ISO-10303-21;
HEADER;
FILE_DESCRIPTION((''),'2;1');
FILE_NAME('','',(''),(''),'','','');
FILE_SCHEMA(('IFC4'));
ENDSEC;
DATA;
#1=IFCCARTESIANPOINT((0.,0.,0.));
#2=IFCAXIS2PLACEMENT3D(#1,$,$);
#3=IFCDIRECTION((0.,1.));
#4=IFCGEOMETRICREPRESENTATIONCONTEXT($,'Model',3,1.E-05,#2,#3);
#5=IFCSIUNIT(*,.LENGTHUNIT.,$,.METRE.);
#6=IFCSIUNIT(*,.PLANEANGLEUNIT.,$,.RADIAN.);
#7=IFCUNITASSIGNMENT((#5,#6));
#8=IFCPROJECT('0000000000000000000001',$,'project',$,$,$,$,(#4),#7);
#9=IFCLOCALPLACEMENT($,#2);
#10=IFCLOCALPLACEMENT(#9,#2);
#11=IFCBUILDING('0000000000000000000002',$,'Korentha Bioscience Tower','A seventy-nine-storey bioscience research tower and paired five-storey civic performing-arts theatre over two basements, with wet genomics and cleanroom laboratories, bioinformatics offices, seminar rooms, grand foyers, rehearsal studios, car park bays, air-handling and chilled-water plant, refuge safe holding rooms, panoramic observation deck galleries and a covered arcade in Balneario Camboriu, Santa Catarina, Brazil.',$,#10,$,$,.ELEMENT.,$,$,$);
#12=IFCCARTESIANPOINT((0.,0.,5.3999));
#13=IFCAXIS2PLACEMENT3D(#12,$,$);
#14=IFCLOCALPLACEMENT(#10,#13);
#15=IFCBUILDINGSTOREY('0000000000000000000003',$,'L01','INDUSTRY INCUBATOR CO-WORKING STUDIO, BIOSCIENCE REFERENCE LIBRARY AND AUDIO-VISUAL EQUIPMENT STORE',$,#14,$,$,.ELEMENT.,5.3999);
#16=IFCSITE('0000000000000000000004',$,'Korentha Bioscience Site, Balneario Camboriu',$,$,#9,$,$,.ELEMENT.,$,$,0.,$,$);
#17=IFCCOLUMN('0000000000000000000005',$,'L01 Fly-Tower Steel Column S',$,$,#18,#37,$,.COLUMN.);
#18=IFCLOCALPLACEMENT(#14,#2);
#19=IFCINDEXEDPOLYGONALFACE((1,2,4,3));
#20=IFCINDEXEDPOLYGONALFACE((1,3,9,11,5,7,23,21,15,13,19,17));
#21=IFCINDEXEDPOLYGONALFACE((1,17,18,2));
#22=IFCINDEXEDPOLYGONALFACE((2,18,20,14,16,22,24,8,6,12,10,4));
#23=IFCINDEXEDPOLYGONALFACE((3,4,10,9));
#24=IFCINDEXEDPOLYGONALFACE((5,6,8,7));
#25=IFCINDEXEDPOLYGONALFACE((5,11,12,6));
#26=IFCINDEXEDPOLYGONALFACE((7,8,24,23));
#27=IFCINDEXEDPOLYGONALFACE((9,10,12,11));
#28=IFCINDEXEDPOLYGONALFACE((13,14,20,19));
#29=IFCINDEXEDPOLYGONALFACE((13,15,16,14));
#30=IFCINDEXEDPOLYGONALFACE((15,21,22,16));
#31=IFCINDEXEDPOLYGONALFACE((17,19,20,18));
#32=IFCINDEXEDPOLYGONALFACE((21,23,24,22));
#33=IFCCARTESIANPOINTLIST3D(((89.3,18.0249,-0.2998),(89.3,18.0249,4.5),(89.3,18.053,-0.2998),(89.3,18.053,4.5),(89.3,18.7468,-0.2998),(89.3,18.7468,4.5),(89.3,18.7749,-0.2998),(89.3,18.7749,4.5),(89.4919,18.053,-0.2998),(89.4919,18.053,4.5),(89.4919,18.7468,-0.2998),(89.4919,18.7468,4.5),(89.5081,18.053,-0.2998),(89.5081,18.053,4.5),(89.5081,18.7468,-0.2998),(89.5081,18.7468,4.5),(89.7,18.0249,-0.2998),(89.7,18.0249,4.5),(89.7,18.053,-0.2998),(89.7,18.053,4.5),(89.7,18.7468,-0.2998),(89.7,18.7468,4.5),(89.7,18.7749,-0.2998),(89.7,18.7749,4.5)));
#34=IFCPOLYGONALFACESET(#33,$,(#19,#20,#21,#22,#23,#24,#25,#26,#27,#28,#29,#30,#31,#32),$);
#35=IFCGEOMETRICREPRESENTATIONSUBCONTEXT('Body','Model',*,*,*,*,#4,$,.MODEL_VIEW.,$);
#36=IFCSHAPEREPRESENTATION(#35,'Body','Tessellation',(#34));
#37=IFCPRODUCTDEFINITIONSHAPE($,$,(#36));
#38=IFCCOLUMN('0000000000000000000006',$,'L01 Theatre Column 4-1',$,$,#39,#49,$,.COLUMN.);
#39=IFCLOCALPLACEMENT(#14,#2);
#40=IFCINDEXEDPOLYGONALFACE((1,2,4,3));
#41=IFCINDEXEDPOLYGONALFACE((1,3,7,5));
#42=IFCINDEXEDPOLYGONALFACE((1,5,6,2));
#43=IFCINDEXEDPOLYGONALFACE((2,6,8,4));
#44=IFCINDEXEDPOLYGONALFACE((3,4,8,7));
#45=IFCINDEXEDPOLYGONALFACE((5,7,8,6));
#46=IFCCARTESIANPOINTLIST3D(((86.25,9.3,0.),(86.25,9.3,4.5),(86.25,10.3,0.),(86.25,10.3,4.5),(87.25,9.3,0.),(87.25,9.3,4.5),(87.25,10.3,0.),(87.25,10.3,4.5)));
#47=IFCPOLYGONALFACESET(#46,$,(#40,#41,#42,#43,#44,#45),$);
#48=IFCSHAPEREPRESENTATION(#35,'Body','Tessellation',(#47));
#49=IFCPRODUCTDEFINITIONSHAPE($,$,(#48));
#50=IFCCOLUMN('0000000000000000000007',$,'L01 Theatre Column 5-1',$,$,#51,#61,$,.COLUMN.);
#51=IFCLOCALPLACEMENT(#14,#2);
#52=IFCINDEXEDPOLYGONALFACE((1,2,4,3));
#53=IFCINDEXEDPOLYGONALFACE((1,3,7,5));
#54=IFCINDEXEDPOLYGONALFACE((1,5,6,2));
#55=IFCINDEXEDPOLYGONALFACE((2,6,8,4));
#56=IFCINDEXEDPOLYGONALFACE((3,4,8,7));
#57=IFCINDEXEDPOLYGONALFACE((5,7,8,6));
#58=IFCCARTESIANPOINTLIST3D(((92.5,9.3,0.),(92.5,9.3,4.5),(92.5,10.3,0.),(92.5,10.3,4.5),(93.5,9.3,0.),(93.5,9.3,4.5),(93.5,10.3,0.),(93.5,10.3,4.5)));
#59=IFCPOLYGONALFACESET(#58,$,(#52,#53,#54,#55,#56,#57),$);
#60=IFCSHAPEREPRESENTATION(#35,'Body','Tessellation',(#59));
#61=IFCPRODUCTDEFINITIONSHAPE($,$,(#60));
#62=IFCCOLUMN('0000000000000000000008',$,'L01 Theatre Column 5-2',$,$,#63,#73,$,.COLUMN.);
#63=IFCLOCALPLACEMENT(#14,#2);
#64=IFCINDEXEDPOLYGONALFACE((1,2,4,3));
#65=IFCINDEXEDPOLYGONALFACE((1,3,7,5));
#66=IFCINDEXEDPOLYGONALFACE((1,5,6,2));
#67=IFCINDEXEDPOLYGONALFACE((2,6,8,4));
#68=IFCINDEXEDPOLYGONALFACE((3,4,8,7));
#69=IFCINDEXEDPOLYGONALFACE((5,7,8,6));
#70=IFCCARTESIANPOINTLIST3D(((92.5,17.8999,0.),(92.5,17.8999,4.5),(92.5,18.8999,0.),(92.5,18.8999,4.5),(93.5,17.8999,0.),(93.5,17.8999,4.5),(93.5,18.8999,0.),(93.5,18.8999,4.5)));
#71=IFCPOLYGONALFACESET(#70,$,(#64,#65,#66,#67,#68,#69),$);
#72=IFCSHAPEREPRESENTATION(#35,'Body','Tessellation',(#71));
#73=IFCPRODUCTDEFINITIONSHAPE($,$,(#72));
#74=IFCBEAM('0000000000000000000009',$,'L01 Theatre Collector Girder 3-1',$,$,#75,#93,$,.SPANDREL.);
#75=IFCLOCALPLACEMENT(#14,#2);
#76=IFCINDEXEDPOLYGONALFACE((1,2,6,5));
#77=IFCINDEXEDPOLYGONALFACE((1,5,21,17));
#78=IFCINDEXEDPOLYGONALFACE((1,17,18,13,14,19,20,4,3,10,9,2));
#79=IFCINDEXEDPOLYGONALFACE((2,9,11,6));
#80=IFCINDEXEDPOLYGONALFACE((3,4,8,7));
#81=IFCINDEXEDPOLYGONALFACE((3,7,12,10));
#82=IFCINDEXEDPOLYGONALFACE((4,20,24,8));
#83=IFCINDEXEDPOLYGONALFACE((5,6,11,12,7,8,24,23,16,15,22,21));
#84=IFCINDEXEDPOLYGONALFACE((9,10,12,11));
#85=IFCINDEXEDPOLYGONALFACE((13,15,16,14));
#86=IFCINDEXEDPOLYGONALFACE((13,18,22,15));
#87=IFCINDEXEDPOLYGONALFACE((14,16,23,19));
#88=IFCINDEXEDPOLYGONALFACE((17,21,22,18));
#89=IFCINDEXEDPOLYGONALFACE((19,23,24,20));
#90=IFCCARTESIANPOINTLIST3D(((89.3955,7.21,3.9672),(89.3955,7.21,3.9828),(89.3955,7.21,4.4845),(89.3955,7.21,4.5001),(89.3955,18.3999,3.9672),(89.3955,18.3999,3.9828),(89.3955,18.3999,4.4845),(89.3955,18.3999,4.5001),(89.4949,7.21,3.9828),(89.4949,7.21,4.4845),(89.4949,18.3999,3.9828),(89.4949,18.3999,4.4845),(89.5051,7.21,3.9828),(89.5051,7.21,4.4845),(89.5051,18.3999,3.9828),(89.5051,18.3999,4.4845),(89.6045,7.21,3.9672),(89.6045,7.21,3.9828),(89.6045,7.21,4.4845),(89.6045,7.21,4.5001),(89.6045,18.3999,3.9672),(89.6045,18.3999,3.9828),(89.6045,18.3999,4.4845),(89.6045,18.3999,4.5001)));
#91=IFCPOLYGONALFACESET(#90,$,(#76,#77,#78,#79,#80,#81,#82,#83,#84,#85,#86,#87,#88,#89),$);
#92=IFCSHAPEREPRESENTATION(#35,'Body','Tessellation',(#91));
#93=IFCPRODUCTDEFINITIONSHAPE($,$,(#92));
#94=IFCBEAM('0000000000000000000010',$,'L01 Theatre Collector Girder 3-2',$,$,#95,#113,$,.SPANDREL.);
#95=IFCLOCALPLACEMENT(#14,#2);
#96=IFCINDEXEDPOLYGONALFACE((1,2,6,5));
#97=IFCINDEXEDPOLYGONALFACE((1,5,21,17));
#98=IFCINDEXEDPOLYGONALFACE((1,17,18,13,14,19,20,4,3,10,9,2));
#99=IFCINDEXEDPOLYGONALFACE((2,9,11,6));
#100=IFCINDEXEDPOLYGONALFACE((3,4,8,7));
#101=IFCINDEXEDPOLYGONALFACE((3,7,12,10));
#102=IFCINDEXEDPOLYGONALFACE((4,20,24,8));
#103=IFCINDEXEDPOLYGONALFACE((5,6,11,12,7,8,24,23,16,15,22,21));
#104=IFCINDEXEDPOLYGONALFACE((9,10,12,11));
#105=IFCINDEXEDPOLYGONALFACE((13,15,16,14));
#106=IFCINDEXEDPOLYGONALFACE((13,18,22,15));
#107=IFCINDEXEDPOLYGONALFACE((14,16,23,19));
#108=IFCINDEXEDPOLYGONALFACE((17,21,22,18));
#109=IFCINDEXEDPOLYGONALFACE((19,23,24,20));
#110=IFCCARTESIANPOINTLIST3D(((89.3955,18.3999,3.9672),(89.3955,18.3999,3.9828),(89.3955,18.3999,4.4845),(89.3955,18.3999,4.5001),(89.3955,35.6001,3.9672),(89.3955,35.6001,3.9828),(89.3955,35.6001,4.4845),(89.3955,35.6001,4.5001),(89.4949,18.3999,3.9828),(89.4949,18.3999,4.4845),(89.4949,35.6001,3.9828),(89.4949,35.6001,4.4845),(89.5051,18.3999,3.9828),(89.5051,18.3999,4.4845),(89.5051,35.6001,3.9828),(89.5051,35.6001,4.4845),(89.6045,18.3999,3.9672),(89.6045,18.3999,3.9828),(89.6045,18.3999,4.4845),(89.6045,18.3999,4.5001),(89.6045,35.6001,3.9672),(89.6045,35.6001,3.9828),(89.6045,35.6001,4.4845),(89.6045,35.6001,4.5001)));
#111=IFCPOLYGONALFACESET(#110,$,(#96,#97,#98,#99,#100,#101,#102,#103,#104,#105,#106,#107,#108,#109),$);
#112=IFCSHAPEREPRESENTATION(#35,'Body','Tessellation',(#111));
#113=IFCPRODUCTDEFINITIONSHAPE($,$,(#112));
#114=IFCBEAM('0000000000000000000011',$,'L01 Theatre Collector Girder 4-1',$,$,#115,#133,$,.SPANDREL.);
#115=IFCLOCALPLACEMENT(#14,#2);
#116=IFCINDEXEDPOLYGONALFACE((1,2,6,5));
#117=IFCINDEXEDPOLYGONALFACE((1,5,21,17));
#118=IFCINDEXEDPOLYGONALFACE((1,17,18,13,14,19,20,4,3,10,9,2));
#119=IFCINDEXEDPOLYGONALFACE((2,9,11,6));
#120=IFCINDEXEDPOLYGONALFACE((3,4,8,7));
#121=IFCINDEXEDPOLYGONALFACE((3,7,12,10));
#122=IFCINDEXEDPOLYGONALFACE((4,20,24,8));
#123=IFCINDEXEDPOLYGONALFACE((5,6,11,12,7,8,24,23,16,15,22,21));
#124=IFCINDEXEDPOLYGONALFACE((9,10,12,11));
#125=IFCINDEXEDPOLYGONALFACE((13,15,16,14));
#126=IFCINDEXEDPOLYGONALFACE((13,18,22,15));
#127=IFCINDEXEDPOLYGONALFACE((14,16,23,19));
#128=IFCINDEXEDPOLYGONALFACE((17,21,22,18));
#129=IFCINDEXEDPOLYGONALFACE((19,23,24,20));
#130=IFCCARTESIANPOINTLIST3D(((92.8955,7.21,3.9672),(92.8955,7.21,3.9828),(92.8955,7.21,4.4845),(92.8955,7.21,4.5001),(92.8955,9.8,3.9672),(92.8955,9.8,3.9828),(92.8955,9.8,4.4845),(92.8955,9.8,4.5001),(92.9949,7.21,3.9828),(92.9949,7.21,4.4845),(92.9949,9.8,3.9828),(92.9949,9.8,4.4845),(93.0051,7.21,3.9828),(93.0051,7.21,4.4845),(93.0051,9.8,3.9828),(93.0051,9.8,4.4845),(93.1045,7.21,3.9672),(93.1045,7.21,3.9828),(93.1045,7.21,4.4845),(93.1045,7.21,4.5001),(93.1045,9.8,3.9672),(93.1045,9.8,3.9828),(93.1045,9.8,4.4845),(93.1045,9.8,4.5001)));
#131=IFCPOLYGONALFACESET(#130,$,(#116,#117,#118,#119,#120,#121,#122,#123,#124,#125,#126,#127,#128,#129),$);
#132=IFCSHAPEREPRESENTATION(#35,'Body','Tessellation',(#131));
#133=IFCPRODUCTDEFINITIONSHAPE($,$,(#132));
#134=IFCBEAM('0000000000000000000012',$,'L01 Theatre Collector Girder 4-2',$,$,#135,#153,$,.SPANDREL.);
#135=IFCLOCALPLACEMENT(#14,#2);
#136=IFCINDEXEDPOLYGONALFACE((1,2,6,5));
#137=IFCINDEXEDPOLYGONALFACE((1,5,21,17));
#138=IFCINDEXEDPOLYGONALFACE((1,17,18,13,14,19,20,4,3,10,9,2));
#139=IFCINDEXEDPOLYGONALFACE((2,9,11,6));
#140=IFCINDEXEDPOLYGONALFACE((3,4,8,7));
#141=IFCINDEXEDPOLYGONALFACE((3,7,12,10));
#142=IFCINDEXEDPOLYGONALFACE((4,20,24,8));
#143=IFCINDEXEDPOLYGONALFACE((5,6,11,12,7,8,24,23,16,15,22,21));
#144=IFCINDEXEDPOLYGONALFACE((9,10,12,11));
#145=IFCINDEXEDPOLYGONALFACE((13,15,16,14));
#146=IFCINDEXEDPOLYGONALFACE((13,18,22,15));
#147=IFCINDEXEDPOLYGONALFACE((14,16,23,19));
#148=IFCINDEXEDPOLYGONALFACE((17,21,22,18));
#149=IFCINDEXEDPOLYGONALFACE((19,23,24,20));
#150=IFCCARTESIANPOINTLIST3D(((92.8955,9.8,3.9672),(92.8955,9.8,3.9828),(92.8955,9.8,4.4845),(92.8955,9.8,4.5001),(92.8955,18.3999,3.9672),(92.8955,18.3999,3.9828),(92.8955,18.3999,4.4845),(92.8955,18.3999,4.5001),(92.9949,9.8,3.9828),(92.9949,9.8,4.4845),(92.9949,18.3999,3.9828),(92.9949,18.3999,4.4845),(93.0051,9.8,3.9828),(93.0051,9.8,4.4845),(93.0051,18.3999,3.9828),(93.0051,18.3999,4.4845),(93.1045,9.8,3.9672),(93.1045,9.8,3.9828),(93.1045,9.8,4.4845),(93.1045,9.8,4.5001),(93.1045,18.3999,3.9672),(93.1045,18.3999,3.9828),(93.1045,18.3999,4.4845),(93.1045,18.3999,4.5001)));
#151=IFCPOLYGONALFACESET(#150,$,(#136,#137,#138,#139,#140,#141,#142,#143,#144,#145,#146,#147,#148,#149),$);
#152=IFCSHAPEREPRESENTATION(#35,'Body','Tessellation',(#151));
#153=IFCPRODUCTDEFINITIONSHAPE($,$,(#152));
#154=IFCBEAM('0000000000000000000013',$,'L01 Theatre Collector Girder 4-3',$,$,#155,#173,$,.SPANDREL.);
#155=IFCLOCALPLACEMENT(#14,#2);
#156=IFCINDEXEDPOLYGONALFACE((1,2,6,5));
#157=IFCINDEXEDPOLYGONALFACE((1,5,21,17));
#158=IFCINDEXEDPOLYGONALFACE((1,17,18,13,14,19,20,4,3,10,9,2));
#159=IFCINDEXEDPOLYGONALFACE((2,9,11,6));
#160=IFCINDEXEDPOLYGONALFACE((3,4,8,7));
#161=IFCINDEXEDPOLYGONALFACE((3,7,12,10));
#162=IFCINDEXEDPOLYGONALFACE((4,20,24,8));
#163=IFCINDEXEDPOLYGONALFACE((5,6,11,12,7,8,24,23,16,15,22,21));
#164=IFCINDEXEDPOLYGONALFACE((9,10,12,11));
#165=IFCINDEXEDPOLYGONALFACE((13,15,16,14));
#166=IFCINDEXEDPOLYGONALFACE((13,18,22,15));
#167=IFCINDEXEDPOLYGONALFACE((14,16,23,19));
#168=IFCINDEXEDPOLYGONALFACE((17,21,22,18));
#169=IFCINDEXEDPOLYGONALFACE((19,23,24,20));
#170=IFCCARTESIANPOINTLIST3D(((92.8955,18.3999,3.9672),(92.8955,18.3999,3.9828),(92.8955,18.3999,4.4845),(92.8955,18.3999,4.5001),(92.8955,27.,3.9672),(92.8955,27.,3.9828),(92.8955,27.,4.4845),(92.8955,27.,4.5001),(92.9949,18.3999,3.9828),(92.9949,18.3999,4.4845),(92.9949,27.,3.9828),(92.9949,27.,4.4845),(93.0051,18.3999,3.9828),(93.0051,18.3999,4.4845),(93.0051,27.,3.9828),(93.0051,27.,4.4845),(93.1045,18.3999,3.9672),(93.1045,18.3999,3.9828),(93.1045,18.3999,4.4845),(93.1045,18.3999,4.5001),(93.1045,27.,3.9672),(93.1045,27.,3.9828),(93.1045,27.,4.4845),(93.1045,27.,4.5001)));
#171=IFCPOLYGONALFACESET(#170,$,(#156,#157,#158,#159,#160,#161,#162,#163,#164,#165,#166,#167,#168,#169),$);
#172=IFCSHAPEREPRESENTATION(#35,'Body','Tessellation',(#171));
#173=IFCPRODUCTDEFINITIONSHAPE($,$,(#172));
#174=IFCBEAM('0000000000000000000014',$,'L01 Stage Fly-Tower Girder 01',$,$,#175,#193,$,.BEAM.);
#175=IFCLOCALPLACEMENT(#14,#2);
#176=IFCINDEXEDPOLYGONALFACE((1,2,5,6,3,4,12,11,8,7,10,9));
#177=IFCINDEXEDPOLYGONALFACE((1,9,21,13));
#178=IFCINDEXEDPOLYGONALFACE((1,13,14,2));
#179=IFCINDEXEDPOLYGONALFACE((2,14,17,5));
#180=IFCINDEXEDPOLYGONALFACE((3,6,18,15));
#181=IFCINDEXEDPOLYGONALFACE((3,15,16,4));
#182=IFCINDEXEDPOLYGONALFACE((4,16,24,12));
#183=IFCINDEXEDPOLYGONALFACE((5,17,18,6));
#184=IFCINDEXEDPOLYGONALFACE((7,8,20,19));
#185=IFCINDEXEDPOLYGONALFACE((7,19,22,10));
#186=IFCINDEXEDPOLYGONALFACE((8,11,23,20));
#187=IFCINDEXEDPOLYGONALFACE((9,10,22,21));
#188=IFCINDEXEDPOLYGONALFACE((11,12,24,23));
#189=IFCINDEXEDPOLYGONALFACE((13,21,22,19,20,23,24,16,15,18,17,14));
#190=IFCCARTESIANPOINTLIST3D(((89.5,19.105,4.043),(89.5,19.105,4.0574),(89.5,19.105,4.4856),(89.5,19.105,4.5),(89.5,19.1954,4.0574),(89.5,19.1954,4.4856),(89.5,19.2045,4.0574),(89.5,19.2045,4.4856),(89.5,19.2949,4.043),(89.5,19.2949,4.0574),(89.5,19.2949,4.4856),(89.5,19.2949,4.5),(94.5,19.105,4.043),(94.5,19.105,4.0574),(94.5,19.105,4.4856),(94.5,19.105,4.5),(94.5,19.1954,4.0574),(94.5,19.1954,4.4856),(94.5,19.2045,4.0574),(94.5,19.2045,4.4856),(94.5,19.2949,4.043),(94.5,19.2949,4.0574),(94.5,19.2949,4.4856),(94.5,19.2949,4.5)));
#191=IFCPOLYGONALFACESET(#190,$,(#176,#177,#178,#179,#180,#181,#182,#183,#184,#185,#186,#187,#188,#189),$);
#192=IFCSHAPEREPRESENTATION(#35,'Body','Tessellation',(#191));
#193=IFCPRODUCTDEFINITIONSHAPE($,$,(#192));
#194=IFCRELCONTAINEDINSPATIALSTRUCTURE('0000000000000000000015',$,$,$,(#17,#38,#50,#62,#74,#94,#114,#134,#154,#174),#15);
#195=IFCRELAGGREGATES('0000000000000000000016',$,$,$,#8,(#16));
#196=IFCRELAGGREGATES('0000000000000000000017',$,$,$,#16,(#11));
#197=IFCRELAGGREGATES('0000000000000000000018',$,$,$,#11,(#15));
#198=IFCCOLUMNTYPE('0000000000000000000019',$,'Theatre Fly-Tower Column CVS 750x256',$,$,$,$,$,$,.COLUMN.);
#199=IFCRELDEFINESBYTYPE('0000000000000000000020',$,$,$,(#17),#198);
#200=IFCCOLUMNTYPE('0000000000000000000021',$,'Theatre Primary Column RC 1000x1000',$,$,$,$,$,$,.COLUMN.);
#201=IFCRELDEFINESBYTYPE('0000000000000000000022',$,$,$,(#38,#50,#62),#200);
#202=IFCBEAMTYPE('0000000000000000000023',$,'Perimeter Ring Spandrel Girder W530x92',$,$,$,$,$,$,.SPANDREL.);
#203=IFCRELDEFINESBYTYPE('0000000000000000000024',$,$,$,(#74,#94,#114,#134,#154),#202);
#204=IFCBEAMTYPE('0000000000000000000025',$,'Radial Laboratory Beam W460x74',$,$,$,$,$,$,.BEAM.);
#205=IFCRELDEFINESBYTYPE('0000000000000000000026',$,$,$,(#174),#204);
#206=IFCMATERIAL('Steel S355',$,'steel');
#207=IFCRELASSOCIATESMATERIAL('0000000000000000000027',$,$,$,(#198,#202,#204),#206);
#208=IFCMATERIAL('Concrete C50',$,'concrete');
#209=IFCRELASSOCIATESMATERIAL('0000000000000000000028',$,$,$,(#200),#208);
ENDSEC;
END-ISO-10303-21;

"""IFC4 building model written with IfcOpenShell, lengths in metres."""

from ifc_helpers import new_model, si_unit, direction, frame, origin, origin_2d, place, context, subcontext, project, spatial, rectangle, i_section, extrude, material, material_profile, profile_set, type_object, element, save


model = new_model("IFC4")

# Units and contexts
model_context = context("Model", 3, precision=1e-05, world=origin(), true_north=direction((0.0, 1.0)))
body_context = subcontext(model_context, "Body", "Model", "MODEL_VIEW")
ifc_project = project(units=[si_unit("LENGTHUNIT", "METRE"), si_unit("PLANEANGLEUNIT", "RADIAN")], contexts=[model_context])

# Site, building, storey
site_placement = place(None, origin())
site = spatial("IfcSite", under=ifc_project, at=site_placement, Name="Korentha Bioscience Site, Balneario Camboriu", CompositionType="ELEMENT", RefElevation=0.0)
building_placement = place(site_placement, origin())
building = spatial("IfcBuilding", under=site, at=building_placement, Name="Korentha Bioscience Tower", Description="A seventy-nine-storey bioscience research tower and paired five-storey civic performing-arts theatre over two basements, with wet genomics and cleanroom laboratories, bioinformatics offices, seminar rooms, grand foyers, rehearsal studios, car park bays, air-handling and chilled-water plant, refuge safe holding rooms, panoramic observation deck galleries and a covered arcade in Balneario Camboriu, Santa Catarina, Brazil.", CompositionType="ELEMENT")
storey_placement = place(building_placement, frame((0.0, 0.0, 5.3999)))
storey = spatial("IfcBuildingStorey", under=building, at=storey_placement, Name="L01", Description="INDUSTRY INCUBATOR CO-WORKING STUDIO, BIOSCIENCE REFERENCE LIBRARY AND AUDIO-VISUAL EQUIPMENT STORE", CompositionType="ELEMENT", Elevation=5.3999)

# Columns
ifc_material_1 = material(Name="Steel S355", Category="steel")
ifc_material_profile_1 = material_profile(ifc_material_1, i_section(OverallWidth=0.3999, OverallDepth=0.75, WebThickness=0.0161, FlangeThickness=0.0281, at=origin_2d()), Name="Steel S355")
ifc_profile_set_1 = profile_set([ifc_material_profile_1], Name="Steel S355 (TC-02)")
column_type_1 = type_object("IfcColumnType", Name="Theatre Fly-Tower Column CVS 750x256", PredefinedType="COLUMN", material=ifc_profile_set_1)
column_placement = place(storey_placement, frame((89.5, 18.3999, -0.2998), z_axis=(0.0, 0.0, 1.0), x_axis=(1.0, 0.0, 0.0)))
element("IfcColumn", 1, at=column_placement, inside=storey, type_object=column_type_1, Name="L01 Fly-Tower Steel Column S", PredefinedType="COLUMN", context=body_context, shape_type="SweptSolid", body=[
    extrude(i_section(OverallWidth=0.3999, OverallDepth=0.75, WebThickness=0.0161, FlangeThickness=0.0281, at=origin_2d()), origin(), (0.0, 0.0, 1.0), 4.7998),
])
ifc_material_2 = material(Name="Concrete C50", Category="concrete")
ifc_material_profile_2 = material_profile(ifc_material_2, rectangle(XDim=1.0, YDim=1.0, at=origin_2d()), Name="Concrete C50")
ifc_profile_set_2 = profile_set([ifc_material_profile_2], Name="Concrete C50 (TC-01)")
column_type_2 = type_object("IfcColumnType", Name="Theatre Primary Column RC 1000x1000", PredefinedType="COLUMN", material=ifc_profile_set_2)
for number, where, z_axis, x_axis, name in (
    (2, (86.75, 9.8, 0.0), (0.0, 0.0, 1.0), (1.0, 0.0, 0.0), "L01 Theatre Column 4-1"),
    (3, (93.0, 9.8, 0.0), (0.0, 0.0, 1.0), (1.0, 0.0, 0.0), "L01 Theatre Column 5-1"),
    (4, (93.0, 18.3999, 0.0), (0.0, 0.0, 1.0), (1.0, 0.0, 0.0), "L01 Theatre Column 5-2"),
):
    element("IfcColumn", number, at=place(storey_placement, frame(where, z_axis=z_axis, x_axis=x_axis)), inside=storey, type_object=column_type_2, Name=name, PredefinedType="COLUMN", context=body_context, shape_type="SweptSolid", body=[
        extrude(rectangle(XDim=1.0, YDim=1.0, at=origin_2d()), origin(), (0.0, 0.0, 1.0), 4.5),
    ])

# Beams
ifc_material_profile_3 = material_profile(ifc_material_1, i_section(OverallWidth=0.209, OverallDepth=0.533, WebThickness=0.0103, FlangeThickness=0.0156, at=origin_2d()), Name="Steel S355")
ifc_profile_set_3 = profile_set([ifc_material_profile_3], Name="Steel S355 (SB-530)")
beam_type_1 = type_object("IfcBeamType", Name="Perimeter Ring Spandrel Girder W530x92", PredefinedType="SPANDREL", material=ifc_profile_set_3)
beam_1_placement = place(storey_placement, frame((89.5, 7.21, 4.2336), z_axis=(0.0, 1.0, 0.0), x_axis=(-1.0, 0.0, 0.0)))
element("IfcBeam", 5, at=beam_1_placement, inside=storey, type_object=beam_type_1, Name="L01 Theatre Collector Girder 3-1", PredefinedType="SPANDREL", context=body_context, shape_type="SweptSolid", body=[
    extrude(i_section(OverallWidth=0.209, OverallDepth=0.533, WebThickness=0.0103, FlangeThickness=0.0156, at=origin_2d()), origin(), (0.0, 0.0, 1.0), 11.1899),
])
beam_2_placement = place(storey_placement, frame((89.5, 18.3999, 4.2336), z_axis=(0.0, 1.0, 0.0), x_axis=(-1.0, 0.0, 0.0)))
element("IfcBeam", 6, at=beam_2_placement, inside=storey, type_object=beam_type_1, Name="L01 Theatre Collector Girder 3-2", PredefinedType="SPANDREL", context=body_context, shape_type="SweptSolid", body=[
    extrude(i_section(OverallWidth=0.209, OverallDepth=0.533, WebThickness=0.0103, FlangeThickness=0.0156, at=origin_2d()), origin(), (0.0, 0.0, 1.0), 17.2002),
])
beam_3_placement = place(storey_placement, frame((93.0, 7.21, 4.2336), z_axis=(0.0, 1.0, 0.0), x_axis=(-1.0, 0.0, 0.0)))
element("IfcBeam", 7, at=beam_3_placement, inside=storey, type_object=beam_type_1, Name="L01 Theatre Collector Girder 4-1", PredefinedType="SPANDREL", context=body_context, shape_type="SweptSolid", body=[
    extrude(i_section(OverallWidth=0.209, OverallDepth=0.533, WebThickness=0.0103, FlangeThickness=0.0156, at=origin_2d()), origin(), (0.0, 0.0, 1.0), 2.5901),
])
beam_4_placement = place(storey_placement, frame((93.0, 9.8, 4.2336), z_axis=(0.0, 1.0, 0.0), x_axis=(-1.0, 0.0, 0.0)))
element("IfcBeam", 8, at=beam_4_placement, inside=storey, type_object=beam_type_1, Name="L01 Theatre Collector Girder 4-2", PredefinedType="SPANDREL", context=body_context, shape_type="SweptSolid", body=[
    extrude(i_section(OverallWidth=0.209, OverallDepth=0.533, WebThickness=0.0103, FlangeThickness=0.0156, at=origin_2d()), origin(), (0.0, 0.0, 1.0), 8.5999),
])
beam_5_placement = place(storey_placement, frame((93.0, 18.3999, 4.2336), z_axis=(0.0, 1.0, 0.0), x_axis=(-1.0, 0.0, 0.0)))
element("IfcBeam", 9, at=beam_5_placement, inside=storey, type_object=beam_type_1, Name="L01 Theatre Collector Girder 4-3", PredefinedType="SPANDREL", context=body_context, shape_type="SweptSolid", body=[
    extrude(i_section(OverallWidth=0.209, OverallDepth=0.533, WebThickness=0.0103, FlangeThickness=0.0156, at=origin_2d()), origin(), (0.0, 0.0, 1.0), 8.6001),
])
ifc_material_profile_4 = material_profile(ifc_material_1, i_section(OverallWidth=0.1899, OverallDepth=0.457, WebThickness=0.009, FlangeThickness=0.0144, at=origin_2d()), Name="Steel S355")
ifc_profile_set_4 = profile_set([ifc_material_profile_4], Name="Steel S355 (RB-460)")
beam_type_2 = type_object("IfcBeamType", Name="Radial Laboratory Beam W460x74", PredefinedType="BEAM", material=ifc_profile_set_4)
for number, where, z_axis, x_axis, name in (
    (10, (89.5, 19.2, 4.2715), (1.0, 0.0, 0.0), (0.0, 1.0, 0.0), "L01 Stage Fly-Tower Girder 01"),
):
    element("IfcBeam", number, at=place(storey_placement, frame(where, z_axis=z_axis, x_axis=x_axis)), inside=storey, type_object=beam_type_2, Name=name, PredefinedType="BEAM", context=body_context, shape_type="SweptSolid", body=[
        extrude(i_section(OverallWidth=0.1899, OverallDepth=0.457, WebThickness=0.009, FlangeThickness=0.0144, at=origin_2d()), origin(), (0.0, 0.0, 1.0), 5.0),
    ])

save(model, "model.ifc")
